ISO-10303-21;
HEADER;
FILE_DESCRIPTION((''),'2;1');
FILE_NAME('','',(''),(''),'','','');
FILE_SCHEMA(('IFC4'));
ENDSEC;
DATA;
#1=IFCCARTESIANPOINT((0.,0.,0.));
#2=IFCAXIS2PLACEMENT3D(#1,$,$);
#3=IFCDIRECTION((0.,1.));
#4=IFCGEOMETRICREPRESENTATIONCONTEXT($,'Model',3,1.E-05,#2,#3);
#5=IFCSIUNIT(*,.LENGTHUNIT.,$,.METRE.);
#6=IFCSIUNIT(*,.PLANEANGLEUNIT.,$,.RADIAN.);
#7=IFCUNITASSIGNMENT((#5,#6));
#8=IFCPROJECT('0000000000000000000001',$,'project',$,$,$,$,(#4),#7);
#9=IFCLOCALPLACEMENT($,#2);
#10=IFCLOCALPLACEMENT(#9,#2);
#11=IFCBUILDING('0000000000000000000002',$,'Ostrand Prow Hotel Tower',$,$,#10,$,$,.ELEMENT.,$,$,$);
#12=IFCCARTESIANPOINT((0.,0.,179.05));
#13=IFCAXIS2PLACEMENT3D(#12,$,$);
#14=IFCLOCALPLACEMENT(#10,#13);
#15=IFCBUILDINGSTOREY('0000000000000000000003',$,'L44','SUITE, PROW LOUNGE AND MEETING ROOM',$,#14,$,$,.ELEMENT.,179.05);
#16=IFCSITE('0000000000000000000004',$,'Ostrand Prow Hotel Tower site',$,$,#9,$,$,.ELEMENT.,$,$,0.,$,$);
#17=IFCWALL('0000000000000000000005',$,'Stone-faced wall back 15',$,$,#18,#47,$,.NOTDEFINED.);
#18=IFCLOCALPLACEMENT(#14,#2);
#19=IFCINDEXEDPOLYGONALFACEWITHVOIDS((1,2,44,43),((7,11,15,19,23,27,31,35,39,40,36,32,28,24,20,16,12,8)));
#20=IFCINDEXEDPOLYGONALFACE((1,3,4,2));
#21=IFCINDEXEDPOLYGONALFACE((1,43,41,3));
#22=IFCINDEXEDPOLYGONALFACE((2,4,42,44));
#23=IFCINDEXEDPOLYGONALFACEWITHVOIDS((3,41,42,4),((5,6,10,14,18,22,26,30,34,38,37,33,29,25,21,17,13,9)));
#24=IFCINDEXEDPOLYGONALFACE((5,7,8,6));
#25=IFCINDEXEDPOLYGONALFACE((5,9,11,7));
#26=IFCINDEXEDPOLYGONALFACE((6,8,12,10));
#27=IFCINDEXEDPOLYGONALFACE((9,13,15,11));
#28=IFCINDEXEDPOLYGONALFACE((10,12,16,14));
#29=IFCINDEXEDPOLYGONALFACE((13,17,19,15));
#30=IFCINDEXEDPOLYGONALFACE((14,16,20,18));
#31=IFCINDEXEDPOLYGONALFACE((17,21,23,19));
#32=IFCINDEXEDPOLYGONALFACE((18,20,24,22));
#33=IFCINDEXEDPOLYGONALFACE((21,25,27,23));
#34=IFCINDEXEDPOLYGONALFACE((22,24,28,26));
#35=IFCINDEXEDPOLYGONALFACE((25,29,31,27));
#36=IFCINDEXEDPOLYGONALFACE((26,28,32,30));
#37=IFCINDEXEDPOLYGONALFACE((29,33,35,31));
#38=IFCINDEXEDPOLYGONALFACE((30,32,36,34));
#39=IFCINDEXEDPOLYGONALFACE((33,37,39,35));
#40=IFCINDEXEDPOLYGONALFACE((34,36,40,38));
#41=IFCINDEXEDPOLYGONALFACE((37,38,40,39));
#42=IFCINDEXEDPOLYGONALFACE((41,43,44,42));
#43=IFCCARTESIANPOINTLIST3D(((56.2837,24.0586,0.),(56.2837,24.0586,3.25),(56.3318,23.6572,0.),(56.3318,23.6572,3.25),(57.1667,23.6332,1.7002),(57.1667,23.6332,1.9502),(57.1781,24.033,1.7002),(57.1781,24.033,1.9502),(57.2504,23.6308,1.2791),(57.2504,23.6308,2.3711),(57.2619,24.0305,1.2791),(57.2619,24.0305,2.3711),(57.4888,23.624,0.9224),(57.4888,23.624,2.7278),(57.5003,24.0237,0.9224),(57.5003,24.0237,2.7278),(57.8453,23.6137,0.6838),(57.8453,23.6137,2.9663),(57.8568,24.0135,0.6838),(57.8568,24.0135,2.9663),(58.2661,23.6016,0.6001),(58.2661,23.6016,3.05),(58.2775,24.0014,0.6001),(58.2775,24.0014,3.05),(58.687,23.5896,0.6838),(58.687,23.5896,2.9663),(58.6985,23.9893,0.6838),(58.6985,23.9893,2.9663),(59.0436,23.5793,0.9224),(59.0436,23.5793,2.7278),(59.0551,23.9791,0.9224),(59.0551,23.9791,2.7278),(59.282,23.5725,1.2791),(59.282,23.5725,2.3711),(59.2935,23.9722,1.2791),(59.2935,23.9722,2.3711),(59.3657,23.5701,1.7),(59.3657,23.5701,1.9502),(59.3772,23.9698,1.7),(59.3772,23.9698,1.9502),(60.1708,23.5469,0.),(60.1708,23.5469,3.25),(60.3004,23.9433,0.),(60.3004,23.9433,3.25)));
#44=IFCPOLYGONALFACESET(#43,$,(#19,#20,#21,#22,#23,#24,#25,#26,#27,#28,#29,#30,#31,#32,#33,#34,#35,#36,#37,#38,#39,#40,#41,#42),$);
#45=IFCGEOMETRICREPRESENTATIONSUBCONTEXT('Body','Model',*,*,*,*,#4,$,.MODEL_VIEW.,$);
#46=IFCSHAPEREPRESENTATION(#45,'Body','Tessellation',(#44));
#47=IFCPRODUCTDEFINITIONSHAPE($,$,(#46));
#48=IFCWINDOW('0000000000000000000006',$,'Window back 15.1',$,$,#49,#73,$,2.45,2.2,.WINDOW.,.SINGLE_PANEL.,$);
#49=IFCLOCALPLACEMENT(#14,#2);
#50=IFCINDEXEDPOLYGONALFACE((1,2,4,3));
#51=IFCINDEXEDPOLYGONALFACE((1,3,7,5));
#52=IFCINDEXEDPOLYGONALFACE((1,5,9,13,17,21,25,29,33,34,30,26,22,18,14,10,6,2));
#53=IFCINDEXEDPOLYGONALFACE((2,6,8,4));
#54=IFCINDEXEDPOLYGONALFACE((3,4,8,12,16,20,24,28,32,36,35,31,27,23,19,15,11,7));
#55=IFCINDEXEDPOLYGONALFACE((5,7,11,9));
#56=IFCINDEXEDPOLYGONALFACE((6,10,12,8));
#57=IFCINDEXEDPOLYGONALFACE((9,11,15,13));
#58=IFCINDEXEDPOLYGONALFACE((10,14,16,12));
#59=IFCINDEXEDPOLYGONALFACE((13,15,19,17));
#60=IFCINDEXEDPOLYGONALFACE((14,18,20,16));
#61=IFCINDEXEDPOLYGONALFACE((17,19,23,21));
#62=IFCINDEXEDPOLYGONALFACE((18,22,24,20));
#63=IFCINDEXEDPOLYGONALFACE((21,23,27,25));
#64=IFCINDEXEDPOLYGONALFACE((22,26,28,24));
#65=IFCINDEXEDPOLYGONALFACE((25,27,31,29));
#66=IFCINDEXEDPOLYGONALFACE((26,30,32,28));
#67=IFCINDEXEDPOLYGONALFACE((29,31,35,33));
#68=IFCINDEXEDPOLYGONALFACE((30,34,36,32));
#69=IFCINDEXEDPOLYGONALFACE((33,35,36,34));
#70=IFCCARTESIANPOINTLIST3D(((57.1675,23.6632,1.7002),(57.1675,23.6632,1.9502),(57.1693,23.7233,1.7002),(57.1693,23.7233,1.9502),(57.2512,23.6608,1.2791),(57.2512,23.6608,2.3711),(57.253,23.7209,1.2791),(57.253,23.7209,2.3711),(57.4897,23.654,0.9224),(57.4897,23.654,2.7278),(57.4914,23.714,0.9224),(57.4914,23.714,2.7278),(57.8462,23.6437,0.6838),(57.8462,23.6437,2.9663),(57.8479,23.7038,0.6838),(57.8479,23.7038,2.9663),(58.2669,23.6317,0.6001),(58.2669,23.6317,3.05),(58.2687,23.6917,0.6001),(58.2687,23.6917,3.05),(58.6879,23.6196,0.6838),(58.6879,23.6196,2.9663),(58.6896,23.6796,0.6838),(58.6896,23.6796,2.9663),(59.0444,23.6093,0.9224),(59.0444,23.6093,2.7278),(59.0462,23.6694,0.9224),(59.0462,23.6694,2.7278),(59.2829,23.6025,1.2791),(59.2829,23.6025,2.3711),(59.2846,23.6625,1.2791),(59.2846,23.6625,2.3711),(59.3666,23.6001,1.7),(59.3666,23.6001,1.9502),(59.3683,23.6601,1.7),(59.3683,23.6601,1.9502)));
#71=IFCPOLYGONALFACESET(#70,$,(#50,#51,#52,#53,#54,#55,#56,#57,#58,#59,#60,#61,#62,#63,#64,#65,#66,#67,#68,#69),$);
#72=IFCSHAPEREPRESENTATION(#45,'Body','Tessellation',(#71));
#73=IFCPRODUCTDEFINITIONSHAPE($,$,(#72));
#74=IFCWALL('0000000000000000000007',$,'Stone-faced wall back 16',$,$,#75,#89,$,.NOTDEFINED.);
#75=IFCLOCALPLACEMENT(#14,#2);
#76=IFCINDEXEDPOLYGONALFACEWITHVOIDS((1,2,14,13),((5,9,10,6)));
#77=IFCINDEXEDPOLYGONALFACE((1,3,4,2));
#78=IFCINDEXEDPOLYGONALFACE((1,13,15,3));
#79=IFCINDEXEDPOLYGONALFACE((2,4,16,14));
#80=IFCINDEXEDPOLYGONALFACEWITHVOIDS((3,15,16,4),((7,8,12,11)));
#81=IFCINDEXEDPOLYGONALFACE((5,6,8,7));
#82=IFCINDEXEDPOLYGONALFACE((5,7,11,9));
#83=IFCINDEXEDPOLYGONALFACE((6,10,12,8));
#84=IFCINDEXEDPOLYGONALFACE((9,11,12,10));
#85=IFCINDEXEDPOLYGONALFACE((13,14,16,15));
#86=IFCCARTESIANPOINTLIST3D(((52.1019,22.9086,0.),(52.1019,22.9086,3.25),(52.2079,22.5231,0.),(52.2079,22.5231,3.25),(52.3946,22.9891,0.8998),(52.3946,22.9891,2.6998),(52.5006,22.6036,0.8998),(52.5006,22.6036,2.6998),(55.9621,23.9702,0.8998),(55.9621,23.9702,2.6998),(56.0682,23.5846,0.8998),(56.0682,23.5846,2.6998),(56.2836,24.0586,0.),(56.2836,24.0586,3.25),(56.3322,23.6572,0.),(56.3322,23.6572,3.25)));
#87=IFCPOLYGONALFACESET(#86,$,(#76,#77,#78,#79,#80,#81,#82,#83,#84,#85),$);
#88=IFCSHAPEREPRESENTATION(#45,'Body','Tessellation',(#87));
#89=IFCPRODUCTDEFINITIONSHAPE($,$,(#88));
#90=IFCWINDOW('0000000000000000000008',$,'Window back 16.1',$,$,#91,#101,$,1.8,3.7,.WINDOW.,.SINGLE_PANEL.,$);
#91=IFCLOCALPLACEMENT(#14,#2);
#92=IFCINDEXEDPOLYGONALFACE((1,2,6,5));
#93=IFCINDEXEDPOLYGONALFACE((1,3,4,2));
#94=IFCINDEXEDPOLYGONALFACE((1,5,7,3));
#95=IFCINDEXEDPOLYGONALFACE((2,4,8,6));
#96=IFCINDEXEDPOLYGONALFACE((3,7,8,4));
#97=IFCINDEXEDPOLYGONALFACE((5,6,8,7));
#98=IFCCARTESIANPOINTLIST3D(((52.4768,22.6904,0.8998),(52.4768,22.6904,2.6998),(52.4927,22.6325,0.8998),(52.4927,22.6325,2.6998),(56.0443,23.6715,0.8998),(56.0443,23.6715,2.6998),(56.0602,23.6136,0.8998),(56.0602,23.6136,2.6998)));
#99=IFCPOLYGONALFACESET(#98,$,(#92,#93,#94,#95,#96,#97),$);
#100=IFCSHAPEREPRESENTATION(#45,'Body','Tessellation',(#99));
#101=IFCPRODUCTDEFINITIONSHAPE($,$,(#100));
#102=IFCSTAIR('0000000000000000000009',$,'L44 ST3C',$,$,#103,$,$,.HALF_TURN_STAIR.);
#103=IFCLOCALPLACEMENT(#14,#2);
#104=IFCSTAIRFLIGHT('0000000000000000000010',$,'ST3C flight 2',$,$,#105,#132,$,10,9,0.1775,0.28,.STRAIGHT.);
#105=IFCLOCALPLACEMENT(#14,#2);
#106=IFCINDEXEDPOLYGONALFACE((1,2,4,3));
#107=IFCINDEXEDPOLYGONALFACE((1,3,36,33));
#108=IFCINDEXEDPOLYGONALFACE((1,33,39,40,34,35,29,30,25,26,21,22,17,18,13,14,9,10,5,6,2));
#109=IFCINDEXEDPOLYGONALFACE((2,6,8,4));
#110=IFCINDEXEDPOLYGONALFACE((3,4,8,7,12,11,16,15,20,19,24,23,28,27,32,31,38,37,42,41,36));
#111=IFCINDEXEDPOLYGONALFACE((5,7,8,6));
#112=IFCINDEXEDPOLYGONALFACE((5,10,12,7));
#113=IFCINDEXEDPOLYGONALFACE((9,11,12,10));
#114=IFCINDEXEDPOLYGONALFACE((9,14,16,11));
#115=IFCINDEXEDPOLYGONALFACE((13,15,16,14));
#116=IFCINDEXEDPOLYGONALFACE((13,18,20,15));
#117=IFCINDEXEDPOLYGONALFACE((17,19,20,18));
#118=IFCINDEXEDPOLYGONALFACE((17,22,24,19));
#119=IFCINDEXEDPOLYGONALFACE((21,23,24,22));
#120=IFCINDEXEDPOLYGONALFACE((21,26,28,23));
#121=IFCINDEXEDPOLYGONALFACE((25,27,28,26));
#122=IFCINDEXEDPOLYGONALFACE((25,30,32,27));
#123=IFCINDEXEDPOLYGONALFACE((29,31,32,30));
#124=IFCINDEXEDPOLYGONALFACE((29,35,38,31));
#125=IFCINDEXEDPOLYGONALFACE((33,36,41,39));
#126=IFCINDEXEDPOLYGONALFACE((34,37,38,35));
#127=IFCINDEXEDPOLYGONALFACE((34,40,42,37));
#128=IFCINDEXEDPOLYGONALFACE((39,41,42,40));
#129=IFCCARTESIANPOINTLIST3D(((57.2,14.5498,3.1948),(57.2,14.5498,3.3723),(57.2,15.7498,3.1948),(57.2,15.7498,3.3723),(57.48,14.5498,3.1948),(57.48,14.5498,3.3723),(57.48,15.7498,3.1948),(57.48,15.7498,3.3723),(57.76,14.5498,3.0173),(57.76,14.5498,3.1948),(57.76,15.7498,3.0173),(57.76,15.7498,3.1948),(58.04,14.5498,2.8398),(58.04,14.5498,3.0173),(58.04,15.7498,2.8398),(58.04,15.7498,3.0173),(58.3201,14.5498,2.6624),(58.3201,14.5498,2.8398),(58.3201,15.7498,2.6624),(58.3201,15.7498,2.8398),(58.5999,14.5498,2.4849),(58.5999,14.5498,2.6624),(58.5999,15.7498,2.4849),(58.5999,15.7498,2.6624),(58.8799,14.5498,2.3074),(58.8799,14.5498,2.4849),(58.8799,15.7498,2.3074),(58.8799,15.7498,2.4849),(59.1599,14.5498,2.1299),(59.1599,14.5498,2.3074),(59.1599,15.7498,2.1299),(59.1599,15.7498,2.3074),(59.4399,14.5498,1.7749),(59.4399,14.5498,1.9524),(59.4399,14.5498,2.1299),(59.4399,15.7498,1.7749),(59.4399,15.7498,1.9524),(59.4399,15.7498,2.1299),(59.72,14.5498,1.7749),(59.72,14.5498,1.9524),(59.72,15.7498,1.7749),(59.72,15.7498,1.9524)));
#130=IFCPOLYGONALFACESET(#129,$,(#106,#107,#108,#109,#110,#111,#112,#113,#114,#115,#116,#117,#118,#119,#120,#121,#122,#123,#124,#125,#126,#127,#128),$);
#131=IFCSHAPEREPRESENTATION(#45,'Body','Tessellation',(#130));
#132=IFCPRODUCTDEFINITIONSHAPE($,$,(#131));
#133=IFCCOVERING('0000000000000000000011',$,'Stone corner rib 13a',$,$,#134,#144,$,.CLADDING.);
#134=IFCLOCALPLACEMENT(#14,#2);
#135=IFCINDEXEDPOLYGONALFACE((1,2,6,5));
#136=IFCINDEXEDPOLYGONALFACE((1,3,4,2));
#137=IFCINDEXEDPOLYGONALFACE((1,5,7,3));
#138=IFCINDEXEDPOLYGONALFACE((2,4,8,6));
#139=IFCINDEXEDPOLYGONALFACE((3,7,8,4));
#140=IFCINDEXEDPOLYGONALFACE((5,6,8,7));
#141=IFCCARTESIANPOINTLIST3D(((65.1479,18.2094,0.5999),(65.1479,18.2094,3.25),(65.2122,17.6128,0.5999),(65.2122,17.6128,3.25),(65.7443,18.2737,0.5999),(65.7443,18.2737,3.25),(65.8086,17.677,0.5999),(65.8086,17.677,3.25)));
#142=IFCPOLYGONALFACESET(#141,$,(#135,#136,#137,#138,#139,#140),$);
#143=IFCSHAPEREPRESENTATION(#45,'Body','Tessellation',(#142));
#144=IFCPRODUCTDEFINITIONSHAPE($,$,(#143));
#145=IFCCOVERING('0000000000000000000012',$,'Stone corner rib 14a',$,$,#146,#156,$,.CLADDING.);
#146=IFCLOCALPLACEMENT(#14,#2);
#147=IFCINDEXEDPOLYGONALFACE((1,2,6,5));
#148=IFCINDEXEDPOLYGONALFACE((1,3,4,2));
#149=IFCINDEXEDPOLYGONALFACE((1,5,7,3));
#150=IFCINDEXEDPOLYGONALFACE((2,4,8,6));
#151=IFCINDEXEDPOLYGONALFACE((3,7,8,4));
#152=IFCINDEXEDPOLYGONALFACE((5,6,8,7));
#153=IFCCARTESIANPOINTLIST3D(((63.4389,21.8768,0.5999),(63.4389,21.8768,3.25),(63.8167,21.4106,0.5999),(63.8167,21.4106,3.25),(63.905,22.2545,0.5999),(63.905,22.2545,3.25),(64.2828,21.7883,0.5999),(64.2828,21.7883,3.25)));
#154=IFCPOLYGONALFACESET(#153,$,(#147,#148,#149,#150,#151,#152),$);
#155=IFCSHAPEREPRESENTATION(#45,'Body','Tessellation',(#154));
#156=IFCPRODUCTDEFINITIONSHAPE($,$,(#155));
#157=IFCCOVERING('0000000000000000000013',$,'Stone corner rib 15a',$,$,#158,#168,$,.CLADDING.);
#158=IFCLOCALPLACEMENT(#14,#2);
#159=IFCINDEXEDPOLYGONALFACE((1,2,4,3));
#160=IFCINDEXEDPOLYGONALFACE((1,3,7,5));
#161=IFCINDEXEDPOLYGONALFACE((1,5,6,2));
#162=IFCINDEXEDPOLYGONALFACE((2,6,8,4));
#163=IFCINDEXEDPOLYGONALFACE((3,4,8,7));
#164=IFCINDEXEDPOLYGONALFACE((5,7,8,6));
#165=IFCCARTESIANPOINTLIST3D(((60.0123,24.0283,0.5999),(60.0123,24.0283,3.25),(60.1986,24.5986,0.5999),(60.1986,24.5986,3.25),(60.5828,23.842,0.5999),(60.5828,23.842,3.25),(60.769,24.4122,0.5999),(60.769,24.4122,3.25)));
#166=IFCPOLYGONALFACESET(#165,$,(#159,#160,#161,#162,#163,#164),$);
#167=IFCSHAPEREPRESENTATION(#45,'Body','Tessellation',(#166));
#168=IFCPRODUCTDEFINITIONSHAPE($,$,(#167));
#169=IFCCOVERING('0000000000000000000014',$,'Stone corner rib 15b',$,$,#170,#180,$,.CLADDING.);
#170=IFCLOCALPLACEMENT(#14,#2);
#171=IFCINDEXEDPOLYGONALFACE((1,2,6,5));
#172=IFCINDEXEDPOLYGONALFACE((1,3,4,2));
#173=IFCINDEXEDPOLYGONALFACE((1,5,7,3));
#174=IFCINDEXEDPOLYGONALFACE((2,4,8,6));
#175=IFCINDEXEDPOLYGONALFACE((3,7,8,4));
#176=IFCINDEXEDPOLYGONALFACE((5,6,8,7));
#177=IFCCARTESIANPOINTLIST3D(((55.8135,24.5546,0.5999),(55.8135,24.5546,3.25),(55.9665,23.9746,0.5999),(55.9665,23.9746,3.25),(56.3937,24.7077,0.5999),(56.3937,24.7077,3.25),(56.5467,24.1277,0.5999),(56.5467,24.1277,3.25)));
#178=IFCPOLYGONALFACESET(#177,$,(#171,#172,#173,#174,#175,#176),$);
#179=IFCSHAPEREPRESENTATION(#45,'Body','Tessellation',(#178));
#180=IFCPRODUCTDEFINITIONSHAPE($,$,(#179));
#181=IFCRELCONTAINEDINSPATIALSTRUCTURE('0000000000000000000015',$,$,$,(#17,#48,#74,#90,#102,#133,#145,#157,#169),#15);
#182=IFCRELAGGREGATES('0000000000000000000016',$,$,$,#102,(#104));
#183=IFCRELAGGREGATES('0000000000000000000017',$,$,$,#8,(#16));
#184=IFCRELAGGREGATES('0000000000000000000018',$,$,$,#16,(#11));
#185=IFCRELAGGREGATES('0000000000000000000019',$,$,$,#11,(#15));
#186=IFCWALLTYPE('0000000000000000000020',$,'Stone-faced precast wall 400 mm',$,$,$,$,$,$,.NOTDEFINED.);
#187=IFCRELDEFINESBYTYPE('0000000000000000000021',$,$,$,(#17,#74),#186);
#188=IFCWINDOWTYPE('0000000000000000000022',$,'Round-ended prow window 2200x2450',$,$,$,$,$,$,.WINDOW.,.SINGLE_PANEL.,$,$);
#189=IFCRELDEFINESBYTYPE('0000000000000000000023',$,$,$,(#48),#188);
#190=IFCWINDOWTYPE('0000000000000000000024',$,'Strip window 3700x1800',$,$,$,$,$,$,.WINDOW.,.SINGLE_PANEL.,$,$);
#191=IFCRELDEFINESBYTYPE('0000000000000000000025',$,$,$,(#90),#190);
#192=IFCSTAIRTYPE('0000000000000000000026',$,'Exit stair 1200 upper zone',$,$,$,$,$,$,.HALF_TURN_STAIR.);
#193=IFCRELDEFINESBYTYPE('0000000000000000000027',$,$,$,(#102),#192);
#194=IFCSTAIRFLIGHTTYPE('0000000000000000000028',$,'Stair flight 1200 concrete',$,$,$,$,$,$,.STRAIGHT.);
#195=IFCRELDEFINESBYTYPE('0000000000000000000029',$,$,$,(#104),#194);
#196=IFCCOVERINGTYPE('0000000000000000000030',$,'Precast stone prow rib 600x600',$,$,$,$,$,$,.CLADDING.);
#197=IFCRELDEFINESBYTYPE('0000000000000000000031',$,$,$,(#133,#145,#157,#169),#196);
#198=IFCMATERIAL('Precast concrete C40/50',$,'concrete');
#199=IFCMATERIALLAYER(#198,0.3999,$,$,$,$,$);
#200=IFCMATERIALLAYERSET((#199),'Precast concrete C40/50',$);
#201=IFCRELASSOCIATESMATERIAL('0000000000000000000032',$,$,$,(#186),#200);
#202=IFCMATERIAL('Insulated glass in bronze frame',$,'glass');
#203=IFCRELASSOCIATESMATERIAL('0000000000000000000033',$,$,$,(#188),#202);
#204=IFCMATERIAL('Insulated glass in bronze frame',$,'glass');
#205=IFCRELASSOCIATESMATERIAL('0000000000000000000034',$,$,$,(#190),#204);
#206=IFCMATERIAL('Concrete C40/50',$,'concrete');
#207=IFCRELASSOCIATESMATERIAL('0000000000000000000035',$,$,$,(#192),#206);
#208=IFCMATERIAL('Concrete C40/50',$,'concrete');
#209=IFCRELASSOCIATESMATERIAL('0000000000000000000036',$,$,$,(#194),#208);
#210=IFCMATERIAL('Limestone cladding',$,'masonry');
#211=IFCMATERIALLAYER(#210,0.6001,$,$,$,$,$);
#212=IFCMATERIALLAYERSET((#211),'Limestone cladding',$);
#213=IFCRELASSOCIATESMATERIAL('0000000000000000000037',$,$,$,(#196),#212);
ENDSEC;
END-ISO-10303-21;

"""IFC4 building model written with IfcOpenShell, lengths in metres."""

from ifc_helpers import new_model, si_unit, direction, frame, frame_2d, origin, place, context, subcontext, project, spatial, polyline, rectangle, outline, extrude, material, layer, layer_set, type_object, element, fill, aggregate, save


model = new_model("IFC4")

# Units and contexts
model_context = context("Model", 3, precision=1e-05, world=origin(), true_north=direction((0.0, 1.0)))
body_context = subcontext(model_context, "Body", "Model", "MODEL_VIEW")
ifc_project = project(units=[si_unit("LENGTHUNIT", "METRE"), si_unit("PLANEANGLEUNIT", "RADIAN")], contexts=[model_context])

# Site, building, storey
site_placement = place(None, origin())
site = spatial("IfcSite", under=ifc_project, at=site_placement, Name="Ostrand Prow Hotel Tower site", CompositionType="ELEMENT", RefElevation=0.0)
building_placement = place(site_placement, origin())
building = spatial("IfcBuilding", under=site, at=building_placement, Name="Ostrand Prow Hotel Tower", CompositionType="ELEMENT")
storey_placement = place(building_placement, frame((0.0, 0.0, 179.05)))
storey = spatial("IfcBuildingStorey", under=building, at=storey_placement, Name="L44", Description="SUITE, PROW LOUNGE AND MEETING ROOM", CompositionType="ELEMENT", Elevation=179.05)

# Walls, openings, windows
ifc_material_1 = material(Name="Precast concrete C40/50", Category="concrete")
ifc_layer_1 = layer(ifc_material_1, 0.3999)
ifc_layer_set_1 = layer_set([ifc_layer_1], Name="Precast concrete C40/50")
wall_type_1 = type_object("IfcWallType", Name="Stone-faced precast wall 400 mm", PredefinedType="NOTDEFINED", material=ifc_layer_set_1)
ifc_material_2 = material(Name="Insulated glass in bronze frame", Category="glass")
window_type_1 = type_object("IfcWindowType", Name="Round-ended prow window 2200x2450", PartitioningType="SINGLE_PANEL", PredefinedType="WINDOW", material=ifc_material_2)
wall_1_placement = place(storey_placement, frame((60.2356, 23.7451, 0.0), z_axis=(0.0, 0.0, 1.0), x_axis=(-0.999588, 0.028705, 0.0)))
wall_1 = element("IfcWall", 1, at=wall_1_placement, inside=storey, type_object=wall_type_1, Name="Stone-faced wall back 15", PredefinedType="NOTDEFINED", context=body_context, shape_type="SweptSolid", body=[
    extrude(outline(polyline([(-0.0591, -0.2), (3.9592, -0.2), (3.8997, 0.2), (0.0591, 0.2), (-0.0591, -0.2)])), origin(), (0.0, 0.0, 1.0), 3.25),
])
opening_1_placement = place(wall_1_placement, frame((0.8645, 0.0, 0.6001)))
opening_1 = element("IfcOpeningElement", 2, at=opening_1_placement, cuts=wall_1, PredefinedType="OPENING", context=body_context, shape_type="SweptSolid", body=[
    extrude(outline(polyline([(0.0, 1.3501), (0.0837, 1.771), (0.3223, 2.1277), (0.679, 2.3662), (1.1001, 2.45), (1.521, 2.3662), (1.8777, 2.1277), (2.1162, 1.771), (2.2, 1.3501), (2.2, 1.1001), (2.1162, 0.679), (1.8777, 0.3223), (1.521, 0.0837), (1.1001, 0.0), (0.679, 0.0837), (0.3223, 0.3223), (0.0837, 0.679), (0.0, 1.0999), (0.0, 1.3501)])), frame((0.0, 0.21, 0.0), z_axis=(0.0, -1.0, 0.0), x_axis=(1.0, 0.0, 0.0)), (0.0, 0.0, 1.0), 0.4199),
])
window_1_placement = place(opening_1_placement, origin())
window_1 = element("IfcWindow", 3, at=window_1_placement, inside=storey, type_object=window_type_1, Name="Window back 15.1", OverallHeight=2.45, OverallWidth=2.2, PartitioningType="SINGLE_PANEL", PredefinedType="WINDOW", context=body_context, shape_type="SweptSolid", body=[
    extrude(outline(polyline([(0.0, 1.3501), (0.0837, 1.771), (0.3223, 2.1277), (0.679, 2.3662), (1.1001, 2.45), (1.521, 2.3662), (1.8777, 2.1277), (2.1162, 1.771), (2.2, 1.3501), (2.2, 1.1001), (2.1162, 0.679), (1.8777, 0.3223), (1.521, 0.0837), (1.1001, 0.0), (0.679, 0.0837), (0.3223, 0.3223), (0.0837, 0.679), (0.0, 1.0999), (0.0, 1.3501)])), frame((0.0, 0.1699, 0.0), z_axis=(0.0, -1.0, 0.0), x_axis=(1.0, 0.0, 0.0)), (0.0, 0.0, 1.0), 0.0601),
])
fill(opening_1, window_1)
wall_2_placement = place(storey_placement, frame((56.3079, 23.8579, 0.0), z_axis=(0.0, 0.0, 1.0), x_axis=(-0.964206, -0.265155, 0.0)))
wall_2 = element("IfcWall", 4, at=wall_2_placement, inside=storey, type_object=wall_type_1, Name="Stone-faced wall back 16", PredefinedType="NOTDEFINED", context=body_context, shape_type="SweptSolid", body=[
    extrude(outline(polyline([(-0.0298, -0.2), (4.3071, -0.2), (4.3071, 0.2), (0.0298, 0.2), (-0.0298, -0.2)])), origin(), (0.0, 0.0, 1.0), 3.25),
])
opening_2_placement = place(wall_2_placement, frame((0.3035, 0.0, 0.8999)))
opening_2 = element("IfcOpeningElement", 5, at=opening_2_placement, cuts=wall_2, PredefinedType="OPENING", context=body_context, shape_type="SweptSolid", body=[
    extrude(rectangle(XDim=3.7, YDim=1.8, at=frame_2d((1.8501, 0.8999))), frame((0.0, 0.21, 0.0), z_axis=(0.0, -1.0, 0.0), x_axis=(1.0, 0.0, 0.0)), (0.0, 0.0, 1.0), 0.4199),
])
ifc_material_3 = material(Name="Insulated glass in bronze frame", Category="glass")
window_type_2 = type_object("IfcWindowType", Name="Strip window 3700x1800", PartitioningType="SINGLE_PANEL", PredefinedType="WINDOW", material=ifc_material_3)
window_2_placement = place(opening_2_placement, origin())
window_2 = element("IfcWindow", 6, at=window_2_placement, inside=storey, type_object=window_type_2, Name="Window back 16.1", OverallHeight=1.8, OverallWidth=3.7, PartitioningType="SINGLE_PANEL", PredefinedType="WINDOW", context=body_context, shape_type="SweptSolid", body=[
    extrude(rectangle(XDim=3.7, YDim=1.8, at=frame_2d((1.8501, 0.8999))), frame((0.0, 0.1699, 0.0), z_axis=(0.0, -1.0, 0.0), x_axis=(1.0, 0.0, 0.0)), (0.0, 0.0, 1.0), 0.0601),
])
fill(opening_2, window_2)

# Stair, stair flight
ifc_material_4 = material(Name="Concrete C40/50", Category="concrete")
stair_type = type_object("IfcStairType", Name="Exit stair 1200 upper zone", PredefinedType="HALF_TURN_STAIR", material=ifc_material_4)
stair_placement = place(storey_placement, origin())
stair = element("IfcStair", 7, at=stair_placement, inside=storey, type_object=stair_type, Name="L44 ST3C", PredefinedType="HALF_TURN_STAIR")
ifc_material_5 = material(Name="Concrete C40/50", Category="concrete")
stair_flight_type = type_object("IfcStairFlightType", Name="Stair flight 1200 concrete", PredefinedType="STRAIGHT", material=ifc_material_5)
stair_flight_placement = place(storey_placement, frame((59.72, 15.1499, 1.7749), z_axis=(0.0, 0.0, 1.0), x_axis=(-1.0, 0.0, 0.0)))
stair_flight = element("IfcStairFlight", 8, at=stair_flight_placement, type_object=stair_flight_type, Name="ST3C flight 2", NumberOfRisers=10, NumberOfTreads=9, PredefinedType="STRAIGHT", RiserHeight=0.1775, TreadLength=0.28, context=body_context, shape_type="SweptSolid", body=[
    extrude(outline(polyline([(0.0, 0.0), (0.0, 0.1775), (0.28, 0.1775), (0.28, 0.355), (0.5601, 0.355), (0.5601, 0.5325), (0.8401, 0.5325), (0.8401, 0.71), (1.1201, 0.71), (1.1201, 0.8875), (1.3999, 0.8875), (1.3999, 1.0649), (1.6799, 1.0649), (1.6799, 1.2424), (1.96, 1.2424), (1.96, 1.4199), (2.24, 1.4199), (2.24, 1.5974), (2.52, 1.5974), (2.52, 1.7749), (2.52, 1.4199), (0.28, 0.0), (0.0, 0.0)])), frame((0.0, 0.6001, 0.0), z_axis=(0.0, -1.0, 0.0), x_axis=(1.0, 0.0, 0.0)), (0.0, 0.0, 1.0), 1.2),
])
aggregate(stair, [stair_flight])

# Coverings
ifc_material_6 = material(Name="Limestone cladding", Category="masonry")
ifc_layer_2 = layer(ifc_material_6, 0.6001)
ifc_layer_set_2 = layer_set([ifc_layer_2], Name="Limestone cladding")
covering_type = type_object("IfcCoveringType", Name="Precast stone prow rib 600x600", PredefinedType="CLADDING", material=ifc_layer_set_2)
for number, where, z_axis, x_axis, name in (
    (9, (65.1802, 17.9111, 0.5999), (0.0, 0.0, 1.0), (0.994255, 0.107036, 0.0), "Stone corner rib 13a"),
    (10, (63.6279, 21.6438, 0.5999), (0.0, 0.0, 1.0), (0.776923, 0.629596, 0.0), "Stone corner rib 14a"),
    (11, (60.2976, 23.9353, 0.5999), (0.0, 0.0, 1.0), (0.310484, 0.950578, 0.0), "Stone corner rib 15a"),
    (12, (56.2566, 24.0513, 0.5999), (0.0, 0.0, 1.0), (-0.255154, 0.9669, 0.0), "Stone corner rib 15b"),
):
    element("IfcCovering", number, at=place(storey_placement, frame(where, z_axis=z_axis, x_axis=x_axis)), inside=storey, type_object=covering_type, Name=name, PredefinedType="CLADDING", context=body_context, shape_type="SweptSolid", body=[
        extrude(rectangle(XDim=0.5999, YDim=0.6001, at=frame_2d((0.2998, 0.0))), origin(), (0.0, 0.0, 1.0), 2.6501),
    ])

save(model, "model.ifc")
